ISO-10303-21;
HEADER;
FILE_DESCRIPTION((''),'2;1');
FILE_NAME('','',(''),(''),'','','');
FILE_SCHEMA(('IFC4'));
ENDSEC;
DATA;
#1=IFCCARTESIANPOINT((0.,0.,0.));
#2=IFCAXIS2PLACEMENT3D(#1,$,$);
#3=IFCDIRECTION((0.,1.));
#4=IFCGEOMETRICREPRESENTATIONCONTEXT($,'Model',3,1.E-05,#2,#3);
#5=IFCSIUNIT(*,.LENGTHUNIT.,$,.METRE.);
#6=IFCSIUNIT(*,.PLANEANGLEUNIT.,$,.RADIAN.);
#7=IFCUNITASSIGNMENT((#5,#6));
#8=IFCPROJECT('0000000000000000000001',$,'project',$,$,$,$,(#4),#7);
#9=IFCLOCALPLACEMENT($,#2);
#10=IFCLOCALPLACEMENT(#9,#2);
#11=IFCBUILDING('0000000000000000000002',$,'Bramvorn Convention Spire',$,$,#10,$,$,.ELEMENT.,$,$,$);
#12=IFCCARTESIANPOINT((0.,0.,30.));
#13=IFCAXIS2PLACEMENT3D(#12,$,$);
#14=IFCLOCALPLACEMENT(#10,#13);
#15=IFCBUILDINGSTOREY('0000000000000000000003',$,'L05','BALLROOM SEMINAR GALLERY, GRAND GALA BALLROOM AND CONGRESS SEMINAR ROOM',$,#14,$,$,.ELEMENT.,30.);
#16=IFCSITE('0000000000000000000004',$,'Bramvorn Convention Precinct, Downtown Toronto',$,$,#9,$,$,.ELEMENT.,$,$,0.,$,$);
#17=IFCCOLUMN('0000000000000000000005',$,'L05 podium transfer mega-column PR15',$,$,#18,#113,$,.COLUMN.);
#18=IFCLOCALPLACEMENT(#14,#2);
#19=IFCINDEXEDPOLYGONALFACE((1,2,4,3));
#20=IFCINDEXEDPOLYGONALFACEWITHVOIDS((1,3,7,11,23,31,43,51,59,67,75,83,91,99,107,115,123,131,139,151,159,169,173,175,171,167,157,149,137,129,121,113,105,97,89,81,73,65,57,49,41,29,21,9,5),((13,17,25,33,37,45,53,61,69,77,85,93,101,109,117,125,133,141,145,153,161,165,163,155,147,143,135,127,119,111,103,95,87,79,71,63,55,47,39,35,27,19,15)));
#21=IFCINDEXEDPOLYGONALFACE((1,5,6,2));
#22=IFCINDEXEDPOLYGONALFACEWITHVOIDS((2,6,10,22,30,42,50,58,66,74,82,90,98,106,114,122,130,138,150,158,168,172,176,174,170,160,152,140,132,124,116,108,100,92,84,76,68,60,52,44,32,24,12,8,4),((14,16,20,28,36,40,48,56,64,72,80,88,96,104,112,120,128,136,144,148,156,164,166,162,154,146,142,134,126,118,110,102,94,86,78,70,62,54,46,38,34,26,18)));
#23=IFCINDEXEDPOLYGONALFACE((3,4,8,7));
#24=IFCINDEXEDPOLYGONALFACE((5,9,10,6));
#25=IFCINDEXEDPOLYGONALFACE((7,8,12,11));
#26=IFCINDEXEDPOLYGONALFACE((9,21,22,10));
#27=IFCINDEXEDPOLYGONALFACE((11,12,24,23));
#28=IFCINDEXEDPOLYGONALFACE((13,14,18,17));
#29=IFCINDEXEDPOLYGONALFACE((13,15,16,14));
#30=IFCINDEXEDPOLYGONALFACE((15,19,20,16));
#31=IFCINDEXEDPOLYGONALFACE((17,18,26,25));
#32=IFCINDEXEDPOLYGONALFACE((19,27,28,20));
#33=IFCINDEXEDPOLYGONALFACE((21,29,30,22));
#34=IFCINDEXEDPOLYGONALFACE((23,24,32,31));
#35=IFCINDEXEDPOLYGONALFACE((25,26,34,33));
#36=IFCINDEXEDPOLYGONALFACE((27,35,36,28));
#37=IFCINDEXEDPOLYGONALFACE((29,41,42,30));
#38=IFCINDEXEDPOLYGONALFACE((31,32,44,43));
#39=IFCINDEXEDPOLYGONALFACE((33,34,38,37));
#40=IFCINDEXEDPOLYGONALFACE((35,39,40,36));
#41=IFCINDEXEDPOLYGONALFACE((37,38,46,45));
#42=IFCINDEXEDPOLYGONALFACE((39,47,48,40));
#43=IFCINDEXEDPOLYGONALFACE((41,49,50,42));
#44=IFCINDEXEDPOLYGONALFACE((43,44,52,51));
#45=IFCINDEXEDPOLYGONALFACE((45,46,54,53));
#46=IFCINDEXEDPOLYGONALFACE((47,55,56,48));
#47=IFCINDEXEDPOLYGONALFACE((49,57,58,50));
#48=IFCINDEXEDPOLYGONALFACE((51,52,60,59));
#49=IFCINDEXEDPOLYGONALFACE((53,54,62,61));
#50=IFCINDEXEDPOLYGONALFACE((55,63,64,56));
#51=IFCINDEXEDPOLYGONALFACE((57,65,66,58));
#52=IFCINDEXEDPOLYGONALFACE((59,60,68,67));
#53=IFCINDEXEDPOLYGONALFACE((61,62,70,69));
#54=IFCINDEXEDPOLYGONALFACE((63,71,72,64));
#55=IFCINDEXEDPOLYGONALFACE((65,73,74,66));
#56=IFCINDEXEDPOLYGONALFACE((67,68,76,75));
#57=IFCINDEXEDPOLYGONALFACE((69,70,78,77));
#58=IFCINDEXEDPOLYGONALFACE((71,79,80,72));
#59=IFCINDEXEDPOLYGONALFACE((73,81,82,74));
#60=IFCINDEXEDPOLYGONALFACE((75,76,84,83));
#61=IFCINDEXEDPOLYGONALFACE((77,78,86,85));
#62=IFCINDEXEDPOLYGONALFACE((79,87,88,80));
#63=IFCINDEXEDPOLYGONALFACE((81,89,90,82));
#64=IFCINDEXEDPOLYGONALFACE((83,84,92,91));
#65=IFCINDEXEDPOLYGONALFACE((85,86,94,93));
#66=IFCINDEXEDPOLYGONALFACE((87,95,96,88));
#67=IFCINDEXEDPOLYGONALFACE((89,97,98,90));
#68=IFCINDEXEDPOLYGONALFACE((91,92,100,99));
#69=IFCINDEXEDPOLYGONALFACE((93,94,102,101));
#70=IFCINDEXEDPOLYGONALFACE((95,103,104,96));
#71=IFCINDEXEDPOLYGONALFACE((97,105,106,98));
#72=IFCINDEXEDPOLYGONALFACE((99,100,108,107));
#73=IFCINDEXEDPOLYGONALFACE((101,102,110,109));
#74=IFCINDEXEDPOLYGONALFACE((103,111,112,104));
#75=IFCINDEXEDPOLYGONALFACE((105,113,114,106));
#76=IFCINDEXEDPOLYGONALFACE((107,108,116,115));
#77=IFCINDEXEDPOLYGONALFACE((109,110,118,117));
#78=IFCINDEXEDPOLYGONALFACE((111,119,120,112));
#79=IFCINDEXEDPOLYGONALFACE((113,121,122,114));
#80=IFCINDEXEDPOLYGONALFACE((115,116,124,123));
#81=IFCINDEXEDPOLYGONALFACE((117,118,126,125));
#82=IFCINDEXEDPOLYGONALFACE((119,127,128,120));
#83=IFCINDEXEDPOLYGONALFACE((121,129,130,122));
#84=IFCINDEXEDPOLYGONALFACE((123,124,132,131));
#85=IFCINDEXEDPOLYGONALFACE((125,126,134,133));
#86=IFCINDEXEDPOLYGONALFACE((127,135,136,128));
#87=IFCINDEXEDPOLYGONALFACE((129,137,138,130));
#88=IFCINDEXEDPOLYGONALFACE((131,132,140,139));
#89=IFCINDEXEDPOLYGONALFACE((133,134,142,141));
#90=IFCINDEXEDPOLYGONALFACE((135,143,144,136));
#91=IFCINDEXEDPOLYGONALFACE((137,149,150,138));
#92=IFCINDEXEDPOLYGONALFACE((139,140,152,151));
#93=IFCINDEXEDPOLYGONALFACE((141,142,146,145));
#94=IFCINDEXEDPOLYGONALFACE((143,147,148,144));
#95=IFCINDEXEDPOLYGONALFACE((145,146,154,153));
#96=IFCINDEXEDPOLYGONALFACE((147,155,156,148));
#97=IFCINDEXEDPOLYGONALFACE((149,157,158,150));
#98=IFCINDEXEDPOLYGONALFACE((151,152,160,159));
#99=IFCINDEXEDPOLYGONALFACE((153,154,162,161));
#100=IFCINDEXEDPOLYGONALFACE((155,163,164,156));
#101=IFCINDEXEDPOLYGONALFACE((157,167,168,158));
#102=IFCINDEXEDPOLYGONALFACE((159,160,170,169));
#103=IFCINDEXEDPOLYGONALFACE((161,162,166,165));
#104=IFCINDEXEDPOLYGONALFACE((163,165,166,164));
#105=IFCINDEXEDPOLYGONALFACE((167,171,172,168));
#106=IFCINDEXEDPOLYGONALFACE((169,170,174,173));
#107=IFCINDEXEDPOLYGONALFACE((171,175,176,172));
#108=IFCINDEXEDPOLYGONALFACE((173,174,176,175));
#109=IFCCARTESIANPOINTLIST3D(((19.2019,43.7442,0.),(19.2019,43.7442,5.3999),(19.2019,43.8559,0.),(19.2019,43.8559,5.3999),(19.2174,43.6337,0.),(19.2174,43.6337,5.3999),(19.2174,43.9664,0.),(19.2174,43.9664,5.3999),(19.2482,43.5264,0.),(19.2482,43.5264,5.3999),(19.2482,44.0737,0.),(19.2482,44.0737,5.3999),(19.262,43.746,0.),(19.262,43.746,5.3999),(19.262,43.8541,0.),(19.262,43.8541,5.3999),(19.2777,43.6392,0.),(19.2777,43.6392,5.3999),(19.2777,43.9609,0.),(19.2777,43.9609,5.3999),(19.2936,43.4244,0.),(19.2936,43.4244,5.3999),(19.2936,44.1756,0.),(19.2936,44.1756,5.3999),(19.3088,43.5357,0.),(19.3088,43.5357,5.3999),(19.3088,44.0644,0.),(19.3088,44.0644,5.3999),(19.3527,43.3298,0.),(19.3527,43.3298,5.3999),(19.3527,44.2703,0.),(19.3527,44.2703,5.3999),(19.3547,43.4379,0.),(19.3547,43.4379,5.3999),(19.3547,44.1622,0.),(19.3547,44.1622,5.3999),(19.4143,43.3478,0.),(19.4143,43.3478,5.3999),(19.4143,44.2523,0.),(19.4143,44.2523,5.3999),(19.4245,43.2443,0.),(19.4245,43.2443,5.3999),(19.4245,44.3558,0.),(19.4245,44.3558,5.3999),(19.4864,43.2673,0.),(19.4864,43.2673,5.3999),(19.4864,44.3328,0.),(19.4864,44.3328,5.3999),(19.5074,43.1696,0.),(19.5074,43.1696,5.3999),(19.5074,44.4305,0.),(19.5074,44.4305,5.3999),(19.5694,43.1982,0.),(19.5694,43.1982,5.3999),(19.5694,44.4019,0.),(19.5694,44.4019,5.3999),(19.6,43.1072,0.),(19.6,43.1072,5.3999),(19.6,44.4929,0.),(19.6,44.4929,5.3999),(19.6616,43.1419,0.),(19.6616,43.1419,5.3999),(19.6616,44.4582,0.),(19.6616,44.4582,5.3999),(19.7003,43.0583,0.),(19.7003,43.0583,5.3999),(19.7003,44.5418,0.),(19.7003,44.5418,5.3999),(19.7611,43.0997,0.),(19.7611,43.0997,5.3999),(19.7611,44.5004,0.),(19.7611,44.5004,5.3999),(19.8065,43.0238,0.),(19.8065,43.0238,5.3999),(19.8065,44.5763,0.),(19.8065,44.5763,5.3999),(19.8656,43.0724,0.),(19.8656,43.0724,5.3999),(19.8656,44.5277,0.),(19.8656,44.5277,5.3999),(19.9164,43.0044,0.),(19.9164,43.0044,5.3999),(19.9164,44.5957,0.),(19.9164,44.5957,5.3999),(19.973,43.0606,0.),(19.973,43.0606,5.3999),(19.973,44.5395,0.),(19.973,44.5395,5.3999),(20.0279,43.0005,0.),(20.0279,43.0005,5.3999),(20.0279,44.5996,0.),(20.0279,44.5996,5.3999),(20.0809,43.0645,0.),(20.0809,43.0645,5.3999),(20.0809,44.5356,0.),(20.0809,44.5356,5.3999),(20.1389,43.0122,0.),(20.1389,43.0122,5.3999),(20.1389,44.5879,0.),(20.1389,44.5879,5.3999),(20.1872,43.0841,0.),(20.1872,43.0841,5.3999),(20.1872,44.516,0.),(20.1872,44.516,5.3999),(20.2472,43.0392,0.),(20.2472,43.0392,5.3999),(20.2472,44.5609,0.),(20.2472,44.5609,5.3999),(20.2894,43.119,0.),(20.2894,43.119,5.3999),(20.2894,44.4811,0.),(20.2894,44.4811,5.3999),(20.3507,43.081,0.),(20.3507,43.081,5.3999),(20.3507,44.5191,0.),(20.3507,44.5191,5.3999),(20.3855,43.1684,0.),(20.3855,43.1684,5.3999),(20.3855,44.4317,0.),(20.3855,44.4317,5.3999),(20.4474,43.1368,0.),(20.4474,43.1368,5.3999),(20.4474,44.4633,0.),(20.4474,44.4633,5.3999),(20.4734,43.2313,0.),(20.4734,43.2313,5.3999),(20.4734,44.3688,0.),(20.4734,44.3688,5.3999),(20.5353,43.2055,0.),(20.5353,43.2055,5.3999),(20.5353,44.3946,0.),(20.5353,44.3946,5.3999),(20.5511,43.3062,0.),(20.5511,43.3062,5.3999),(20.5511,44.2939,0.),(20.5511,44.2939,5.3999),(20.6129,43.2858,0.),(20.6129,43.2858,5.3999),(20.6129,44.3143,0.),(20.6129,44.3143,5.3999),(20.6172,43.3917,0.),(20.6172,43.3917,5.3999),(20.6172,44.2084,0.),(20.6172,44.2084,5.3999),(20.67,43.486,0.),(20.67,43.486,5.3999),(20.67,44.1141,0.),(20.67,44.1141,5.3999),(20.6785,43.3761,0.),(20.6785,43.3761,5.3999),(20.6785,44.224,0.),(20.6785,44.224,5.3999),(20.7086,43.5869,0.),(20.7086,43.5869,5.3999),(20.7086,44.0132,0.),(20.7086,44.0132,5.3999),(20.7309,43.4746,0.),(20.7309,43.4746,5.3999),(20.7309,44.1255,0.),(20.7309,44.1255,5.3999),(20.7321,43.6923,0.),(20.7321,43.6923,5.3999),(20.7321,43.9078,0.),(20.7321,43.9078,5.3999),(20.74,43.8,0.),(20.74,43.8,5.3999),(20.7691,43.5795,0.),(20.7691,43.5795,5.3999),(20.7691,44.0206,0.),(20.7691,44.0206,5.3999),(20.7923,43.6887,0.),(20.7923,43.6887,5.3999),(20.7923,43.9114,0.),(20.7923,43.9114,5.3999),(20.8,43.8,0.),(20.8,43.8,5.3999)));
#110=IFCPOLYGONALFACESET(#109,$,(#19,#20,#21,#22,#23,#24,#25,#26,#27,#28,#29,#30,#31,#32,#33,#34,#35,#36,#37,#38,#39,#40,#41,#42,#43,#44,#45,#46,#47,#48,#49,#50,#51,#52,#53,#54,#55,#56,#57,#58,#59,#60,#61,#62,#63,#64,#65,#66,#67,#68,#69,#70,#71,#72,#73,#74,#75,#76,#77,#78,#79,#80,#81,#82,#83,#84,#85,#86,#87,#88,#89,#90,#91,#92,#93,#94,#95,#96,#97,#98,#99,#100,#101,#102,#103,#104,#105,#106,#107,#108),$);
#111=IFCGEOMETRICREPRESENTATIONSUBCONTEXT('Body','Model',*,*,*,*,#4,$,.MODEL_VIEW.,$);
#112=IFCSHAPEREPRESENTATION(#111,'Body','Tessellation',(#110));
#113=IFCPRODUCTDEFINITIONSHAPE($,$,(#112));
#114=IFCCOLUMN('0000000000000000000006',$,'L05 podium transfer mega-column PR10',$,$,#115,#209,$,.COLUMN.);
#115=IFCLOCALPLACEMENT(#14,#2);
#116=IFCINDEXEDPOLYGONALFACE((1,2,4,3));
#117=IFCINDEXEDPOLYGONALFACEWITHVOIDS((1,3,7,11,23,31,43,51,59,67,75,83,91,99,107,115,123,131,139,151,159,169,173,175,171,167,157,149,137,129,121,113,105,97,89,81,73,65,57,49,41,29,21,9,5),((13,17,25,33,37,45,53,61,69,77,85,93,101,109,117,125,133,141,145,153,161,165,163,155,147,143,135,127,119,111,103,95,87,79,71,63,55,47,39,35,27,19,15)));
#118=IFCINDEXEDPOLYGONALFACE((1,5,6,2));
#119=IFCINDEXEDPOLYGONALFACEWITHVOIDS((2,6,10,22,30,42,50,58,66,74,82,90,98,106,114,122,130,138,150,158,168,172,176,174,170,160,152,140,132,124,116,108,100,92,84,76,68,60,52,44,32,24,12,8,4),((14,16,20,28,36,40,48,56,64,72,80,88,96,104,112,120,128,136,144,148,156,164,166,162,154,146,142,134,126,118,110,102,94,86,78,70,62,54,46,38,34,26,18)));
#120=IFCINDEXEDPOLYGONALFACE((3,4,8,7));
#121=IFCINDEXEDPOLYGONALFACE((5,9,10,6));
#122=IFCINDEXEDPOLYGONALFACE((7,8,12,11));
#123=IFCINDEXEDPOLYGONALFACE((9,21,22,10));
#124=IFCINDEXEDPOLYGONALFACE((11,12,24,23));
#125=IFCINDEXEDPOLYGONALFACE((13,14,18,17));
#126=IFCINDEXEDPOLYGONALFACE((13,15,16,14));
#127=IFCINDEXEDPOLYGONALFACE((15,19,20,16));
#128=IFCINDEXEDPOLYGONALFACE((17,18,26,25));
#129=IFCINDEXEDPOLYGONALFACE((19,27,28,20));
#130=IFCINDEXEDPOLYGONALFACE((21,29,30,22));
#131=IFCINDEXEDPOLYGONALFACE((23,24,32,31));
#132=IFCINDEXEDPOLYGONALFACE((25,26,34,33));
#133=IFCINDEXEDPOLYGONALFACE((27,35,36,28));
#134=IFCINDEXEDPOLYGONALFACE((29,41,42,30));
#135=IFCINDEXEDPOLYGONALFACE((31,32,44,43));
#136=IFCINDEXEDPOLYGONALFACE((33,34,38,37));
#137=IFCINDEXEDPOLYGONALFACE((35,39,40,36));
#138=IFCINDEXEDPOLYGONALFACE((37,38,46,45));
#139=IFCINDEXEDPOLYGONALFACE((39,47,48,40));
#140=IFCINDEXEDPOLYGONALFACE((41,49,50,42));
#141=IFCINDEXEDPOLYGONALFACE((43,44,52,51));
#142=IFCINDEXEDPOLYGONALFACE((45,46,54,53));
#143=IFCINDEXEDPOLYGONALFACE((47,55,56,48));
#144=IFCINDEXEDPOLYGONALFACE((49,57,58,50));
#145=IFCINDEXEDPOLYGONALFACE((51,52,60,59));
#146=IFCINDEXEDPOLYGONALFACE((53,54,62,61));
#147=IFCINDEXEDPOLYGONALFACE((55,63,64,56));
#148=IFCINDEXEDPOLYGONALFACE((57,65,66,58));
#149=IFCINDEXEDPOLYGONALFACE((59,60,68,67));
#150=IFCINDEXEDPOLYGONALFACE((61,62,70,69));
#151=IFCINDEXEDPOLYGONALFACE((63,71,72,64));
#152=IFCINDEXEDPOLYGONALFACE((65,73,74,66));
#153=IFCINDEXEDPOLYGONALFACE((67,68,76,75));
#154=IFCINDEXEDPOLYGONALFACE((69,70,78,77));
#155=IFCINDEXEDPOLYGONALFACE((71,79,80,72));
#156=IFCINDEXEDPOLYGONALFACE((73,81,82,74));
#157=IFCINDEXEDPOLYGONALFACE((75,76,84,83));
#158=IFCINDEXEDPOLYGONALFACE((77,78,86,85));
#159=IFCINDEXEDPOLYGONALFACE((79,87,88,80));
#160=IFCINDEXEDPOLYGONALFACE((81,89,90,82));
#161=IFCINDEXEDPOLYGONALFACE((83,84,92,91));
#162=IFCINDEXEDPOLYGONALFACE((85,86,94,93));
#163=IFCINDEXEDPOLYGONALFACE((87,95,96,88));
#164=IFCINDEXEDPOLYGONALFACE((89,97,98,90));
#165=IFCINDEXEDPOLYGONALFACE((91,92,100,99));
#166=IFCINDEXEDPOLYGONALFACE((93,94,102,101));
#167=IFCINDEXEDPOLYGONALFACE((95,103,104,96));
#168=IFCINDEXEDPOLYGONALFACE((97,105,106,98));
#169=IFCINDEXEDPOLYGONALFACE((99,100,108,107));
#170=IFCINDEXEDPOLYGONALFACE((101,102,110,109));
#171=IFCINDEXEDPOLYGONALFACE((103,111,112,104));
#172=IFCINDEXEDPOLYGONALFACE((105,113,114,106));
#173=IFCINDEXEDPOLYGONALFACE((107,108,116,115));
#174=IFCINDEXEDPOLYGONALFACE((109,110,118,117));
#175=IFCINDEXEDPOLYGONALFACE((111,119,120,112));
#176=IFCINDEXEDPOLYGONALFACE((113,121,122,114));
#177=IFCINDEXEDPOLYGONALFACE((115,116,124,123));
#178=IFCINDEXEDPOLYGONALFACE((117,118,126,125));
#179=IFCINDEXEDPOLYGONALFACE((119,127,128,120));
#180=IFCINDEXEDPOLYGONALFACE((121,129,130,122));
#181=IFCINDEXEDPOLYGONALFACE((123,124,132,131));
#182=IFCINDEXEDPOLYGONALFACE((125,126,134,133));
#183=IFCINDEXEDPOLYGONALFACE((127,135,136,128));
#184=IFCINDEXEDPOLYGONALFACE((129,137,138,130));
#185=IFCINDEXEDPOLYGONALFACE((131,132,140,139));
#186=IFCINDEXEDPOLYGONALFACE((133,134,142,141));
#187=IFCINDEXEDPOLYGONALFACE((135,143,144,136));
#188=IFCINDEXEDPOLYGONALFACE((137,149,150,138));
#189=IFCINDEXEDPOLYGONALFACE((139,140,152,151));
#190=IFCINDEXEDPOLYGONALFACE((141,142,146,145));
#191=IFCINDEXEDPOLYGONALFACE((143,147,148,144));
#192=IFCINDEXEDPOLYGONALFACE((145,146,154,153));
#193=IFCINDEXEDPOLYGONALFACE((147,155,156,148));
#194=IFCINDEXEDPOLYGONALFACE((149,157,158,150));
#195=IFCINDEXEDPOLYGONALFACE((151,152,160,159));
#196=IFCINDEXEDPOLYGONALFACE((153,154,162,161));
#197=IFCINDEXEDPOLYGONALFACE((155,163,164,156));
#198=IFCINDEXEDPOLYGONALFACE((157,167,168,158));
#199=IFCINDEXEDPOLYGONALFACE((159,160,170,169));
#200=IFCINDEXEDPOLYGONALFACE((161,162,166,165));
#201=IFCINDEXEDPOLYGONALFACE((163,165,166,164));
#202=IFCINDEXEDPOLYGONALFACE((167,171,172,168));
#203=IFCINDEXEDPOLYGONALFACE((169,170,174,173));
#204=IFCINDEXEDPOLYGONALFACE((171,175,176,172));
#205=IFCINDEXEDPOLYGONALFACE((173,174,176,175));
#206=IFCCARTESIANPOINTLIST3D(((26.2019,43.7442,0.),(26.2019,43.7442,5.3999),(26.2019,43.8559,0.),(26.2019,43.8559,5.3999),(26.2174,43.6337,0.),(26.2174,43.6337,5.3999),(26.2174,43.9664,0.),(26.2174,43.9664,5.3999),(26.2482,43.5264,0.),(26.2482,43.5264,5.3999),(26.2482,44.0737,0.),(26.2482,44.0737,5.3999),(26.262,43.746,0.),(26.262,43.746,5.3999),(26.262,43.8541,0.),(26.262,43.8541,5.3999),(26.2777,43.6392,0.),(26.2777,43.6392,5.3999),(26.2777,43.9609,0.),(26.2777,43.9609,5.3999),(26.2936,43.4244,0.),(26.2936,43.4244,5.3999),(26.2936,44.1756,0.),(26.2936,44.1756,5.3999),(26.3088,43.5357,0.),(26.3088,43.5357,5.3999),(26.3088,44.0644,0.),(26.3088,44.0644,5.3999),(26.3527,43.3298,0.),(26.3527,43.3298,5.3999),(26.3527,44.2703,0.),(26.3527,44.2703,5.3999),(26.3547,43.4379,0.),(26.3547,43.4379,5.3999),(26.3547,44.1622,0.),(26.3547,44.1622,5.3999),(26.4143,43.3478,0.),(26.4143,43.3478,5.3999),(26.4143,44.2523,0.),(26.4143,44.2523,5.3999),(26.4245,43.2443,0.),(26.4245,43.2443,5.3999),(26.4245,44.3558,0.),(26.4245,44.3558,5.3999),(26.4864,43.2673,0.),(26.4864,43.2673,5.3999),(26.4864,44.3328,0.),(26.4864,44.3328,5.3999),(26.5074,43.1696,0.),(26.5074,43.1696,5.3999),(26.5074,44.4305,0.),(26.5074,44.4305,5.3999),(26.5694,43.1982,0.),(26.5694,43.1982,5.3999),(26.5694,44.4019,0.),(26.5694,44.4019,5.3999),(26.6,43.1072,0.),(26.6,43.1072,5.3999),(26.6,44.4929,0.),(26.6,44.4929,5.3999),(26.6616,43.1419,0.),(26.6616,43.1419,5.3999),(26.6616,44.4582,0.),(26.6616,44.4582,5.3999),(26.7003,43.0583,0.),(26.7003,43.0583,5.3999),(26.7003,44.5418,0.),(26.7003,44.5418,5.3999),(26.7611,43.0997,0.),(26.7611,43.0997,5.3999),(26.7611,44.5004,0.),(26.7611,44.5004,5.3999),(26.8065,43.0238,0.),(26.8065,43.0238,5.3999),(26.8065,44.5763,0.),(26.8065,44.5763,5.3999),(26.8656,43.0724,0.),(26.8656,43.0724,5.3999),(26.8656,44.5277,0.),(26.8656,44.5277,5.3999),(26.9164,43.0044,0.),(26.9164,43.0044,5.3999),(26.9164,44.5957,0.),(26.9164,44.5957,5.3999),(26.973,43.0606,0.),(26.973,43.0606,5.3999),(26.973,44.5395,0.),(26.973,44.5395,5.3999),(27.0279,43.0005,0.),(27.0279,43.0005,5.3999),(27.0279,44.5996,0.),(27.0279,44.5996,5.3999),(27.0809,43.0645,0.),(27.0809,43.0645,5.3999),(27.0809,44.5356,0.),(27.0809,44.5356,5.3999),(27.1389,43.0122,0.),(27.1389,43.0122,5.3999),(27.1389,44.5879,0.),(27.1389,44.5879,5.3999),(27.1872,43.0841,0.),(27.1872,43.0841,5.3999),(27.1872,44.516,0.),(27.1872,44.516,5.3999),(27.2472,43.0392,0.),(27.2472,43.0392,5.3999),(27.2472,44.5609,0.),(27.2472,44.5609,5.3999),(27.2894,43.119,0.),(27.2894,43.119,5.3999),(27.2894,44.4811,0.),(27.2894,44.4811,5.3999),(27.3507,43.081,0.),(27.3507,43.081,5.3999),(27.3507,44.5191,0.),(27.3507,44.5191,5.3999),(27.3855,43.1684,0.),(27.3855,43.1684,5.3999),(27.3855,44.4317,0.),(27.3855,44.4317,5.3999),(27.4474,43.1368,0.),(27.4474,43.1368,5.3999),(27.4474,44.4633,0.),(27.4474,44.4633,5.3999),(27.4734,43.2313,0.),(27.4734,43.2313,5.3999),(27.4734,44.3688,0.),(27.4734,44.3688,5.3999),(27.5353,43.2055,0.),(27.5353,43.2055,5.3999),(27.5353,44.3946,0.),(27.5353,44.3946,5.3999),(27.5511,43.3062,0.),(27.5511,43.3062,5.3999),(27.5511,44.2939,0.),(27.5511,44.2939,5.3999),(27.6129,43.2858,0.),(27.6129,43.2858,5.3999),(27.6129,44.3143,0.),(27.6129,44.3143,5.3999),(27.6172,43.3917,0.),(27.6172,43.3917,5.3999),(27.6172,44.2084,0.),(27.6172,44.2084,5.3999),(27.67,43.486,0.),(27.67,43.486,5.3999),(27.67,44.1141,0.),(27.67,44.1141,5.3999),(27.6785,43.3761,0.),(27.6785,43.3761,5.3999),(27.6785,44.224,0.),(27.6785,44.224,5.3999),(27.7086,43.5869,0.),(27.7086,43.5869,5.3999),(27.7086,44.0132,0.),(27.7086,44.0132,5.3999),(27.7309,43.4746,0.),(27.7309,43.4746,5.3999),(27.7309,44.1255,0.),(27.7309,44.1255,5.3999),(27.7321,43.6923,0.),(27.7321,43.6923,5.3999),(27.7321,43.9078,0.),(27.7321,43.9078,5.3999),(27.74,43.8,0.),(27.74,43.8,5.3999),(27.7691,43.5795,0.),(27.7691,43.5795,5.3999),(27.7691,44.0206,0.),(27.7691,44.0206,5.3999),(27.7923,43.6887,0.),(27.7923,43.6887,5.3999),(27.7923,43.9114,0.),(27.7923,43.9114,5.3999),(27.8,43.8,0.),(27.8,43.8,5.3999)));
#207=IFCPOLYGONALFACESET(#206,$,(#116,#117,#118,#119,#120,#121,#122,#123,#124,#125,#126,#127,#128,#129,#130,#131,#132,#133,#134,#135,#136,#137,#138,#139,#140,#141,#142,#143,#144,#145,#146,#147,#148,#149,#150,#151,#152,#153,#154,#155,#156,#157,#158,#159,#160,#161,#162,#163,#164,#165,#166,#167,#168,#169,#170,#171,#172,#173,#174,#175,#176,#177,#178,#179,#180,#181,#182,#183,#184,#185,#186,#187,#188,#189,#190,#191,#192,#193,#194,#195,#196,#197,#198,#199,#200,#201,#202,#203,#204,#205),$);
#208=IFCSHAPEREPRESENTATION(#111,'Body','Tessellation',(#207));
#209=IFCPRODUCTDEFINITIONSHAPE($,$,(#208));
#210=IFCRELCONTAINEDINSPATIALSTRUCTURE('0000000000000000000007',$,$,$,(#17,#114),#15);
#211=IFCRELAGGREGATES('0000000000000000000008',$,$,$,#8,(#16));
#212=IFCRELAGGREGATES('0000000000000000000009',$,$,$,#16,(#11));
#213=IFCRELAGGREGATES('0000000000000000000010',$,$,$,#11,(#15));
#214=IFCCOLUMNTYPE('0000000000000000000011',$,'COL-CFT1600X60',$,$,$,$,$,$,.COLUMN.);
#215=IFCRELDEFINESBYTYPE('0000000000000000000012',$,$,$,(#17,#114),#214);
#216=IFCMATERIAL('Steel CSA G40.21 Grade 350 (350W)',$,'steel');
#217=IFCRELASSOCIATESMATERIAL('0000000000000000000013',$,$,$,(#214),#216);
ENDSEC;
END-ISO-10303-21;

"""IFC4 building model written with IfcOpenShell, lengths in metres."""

from ifc_helpers import new_model, si_unit, direction, frame, origin, origin_2d, place, context, subcontext, project, spatial, hollow_circle, extrude, material, material_profile, profile_set, type_object, element, save


model = new_model("IFC4")

# Units and contexts
model_context = context("Model", 3, precision=1e-05, world=origin(), true_north=direction((0.0, 1.0)))
body_context = subcontext(model_context, "Body", "Model", "MODEL_VIEW")
ifc_project = project(units=[si_unit("LENGTHUNIT", "METRE"), si_unit("PLANEANGLEUNIT", "RADIAN")], contexts=[model_context])

# Site, building, storey
site_placement = place(None, origin())
site = spatial("IfcSite", under=ifc_project, at=site_placement, Name="Bramvorn Convention Precinct, Downtown Toronto", CompositionType="ELEMENT", RefElevation=0.0)
building_placement = place(site_placement, origin())
building = spatial("IfcBuilding", under=site, at=building_placement, Name="Bramvorn Convention Spire", CompositionType="ELEMENT")
storey_placement = place(building_placement, frame((0.0, 0.0, 30.0)))
storey = spatial("IfcBuildingStorey", under=building, at=storey_placement, Name="L05", Description="BALLROOM SEMINAR GALLERY, GRAND GALA BALLROOM AND CONGRESS SEMINAR ROOM", CompositionType="ELEMENT", Elevation=30.0)

# Columns
ifc_material_1 = material(Name="Steel CSA G40.21 Grade 350 (350W)", Category="steel")
ifc_material_profile_1 = material_profile(ifc_material_1, hollow_circle(Radius=0.8, WallThickness=0.0601, at=origin_2d()))
ifc_profile_set_1 = profile_set([ifc_material_profile_1], Name="Steel CSA G40.21 Grade 350 (350W) - CFT1600X60")
column_type_1 = type_object("IfcColumnType", Name="COL-CFT1600X60", PredefinedType="COLUMN", material=ifc_profile_set_1)
for number, where, z_axis, x_axis, name in (
    (1, (20.0, 43.8, 0.0), (0.0, 0.0, 1.0), (1.0, 0.0, 0.0), "L05 podium transfer mega-column PR15"),
    (2, (27.0, 43.8, 0.0), (0.0, 0.0, 1.0), (1.0, 0.0, 0.0), "L05 podium transfer mega-column PR10"),
):
    element("IfcColumn", number, at=place(storey_placement, frame(where, z_axis=z_axis, x_axis=x_axis)), inside=storey, type_object=column_type_1, Name=name, PredefinedType="COLUMN", context=body_context, shape_type="SweptSolid", body=[
        extrude(hollow_circle(Radius=0.8, WallThickness=0.0601, at=origin_2d()), origin(), (0.0, 0.0, 1.0), 5.3999),
    ])

save(model, "model.ifc")
